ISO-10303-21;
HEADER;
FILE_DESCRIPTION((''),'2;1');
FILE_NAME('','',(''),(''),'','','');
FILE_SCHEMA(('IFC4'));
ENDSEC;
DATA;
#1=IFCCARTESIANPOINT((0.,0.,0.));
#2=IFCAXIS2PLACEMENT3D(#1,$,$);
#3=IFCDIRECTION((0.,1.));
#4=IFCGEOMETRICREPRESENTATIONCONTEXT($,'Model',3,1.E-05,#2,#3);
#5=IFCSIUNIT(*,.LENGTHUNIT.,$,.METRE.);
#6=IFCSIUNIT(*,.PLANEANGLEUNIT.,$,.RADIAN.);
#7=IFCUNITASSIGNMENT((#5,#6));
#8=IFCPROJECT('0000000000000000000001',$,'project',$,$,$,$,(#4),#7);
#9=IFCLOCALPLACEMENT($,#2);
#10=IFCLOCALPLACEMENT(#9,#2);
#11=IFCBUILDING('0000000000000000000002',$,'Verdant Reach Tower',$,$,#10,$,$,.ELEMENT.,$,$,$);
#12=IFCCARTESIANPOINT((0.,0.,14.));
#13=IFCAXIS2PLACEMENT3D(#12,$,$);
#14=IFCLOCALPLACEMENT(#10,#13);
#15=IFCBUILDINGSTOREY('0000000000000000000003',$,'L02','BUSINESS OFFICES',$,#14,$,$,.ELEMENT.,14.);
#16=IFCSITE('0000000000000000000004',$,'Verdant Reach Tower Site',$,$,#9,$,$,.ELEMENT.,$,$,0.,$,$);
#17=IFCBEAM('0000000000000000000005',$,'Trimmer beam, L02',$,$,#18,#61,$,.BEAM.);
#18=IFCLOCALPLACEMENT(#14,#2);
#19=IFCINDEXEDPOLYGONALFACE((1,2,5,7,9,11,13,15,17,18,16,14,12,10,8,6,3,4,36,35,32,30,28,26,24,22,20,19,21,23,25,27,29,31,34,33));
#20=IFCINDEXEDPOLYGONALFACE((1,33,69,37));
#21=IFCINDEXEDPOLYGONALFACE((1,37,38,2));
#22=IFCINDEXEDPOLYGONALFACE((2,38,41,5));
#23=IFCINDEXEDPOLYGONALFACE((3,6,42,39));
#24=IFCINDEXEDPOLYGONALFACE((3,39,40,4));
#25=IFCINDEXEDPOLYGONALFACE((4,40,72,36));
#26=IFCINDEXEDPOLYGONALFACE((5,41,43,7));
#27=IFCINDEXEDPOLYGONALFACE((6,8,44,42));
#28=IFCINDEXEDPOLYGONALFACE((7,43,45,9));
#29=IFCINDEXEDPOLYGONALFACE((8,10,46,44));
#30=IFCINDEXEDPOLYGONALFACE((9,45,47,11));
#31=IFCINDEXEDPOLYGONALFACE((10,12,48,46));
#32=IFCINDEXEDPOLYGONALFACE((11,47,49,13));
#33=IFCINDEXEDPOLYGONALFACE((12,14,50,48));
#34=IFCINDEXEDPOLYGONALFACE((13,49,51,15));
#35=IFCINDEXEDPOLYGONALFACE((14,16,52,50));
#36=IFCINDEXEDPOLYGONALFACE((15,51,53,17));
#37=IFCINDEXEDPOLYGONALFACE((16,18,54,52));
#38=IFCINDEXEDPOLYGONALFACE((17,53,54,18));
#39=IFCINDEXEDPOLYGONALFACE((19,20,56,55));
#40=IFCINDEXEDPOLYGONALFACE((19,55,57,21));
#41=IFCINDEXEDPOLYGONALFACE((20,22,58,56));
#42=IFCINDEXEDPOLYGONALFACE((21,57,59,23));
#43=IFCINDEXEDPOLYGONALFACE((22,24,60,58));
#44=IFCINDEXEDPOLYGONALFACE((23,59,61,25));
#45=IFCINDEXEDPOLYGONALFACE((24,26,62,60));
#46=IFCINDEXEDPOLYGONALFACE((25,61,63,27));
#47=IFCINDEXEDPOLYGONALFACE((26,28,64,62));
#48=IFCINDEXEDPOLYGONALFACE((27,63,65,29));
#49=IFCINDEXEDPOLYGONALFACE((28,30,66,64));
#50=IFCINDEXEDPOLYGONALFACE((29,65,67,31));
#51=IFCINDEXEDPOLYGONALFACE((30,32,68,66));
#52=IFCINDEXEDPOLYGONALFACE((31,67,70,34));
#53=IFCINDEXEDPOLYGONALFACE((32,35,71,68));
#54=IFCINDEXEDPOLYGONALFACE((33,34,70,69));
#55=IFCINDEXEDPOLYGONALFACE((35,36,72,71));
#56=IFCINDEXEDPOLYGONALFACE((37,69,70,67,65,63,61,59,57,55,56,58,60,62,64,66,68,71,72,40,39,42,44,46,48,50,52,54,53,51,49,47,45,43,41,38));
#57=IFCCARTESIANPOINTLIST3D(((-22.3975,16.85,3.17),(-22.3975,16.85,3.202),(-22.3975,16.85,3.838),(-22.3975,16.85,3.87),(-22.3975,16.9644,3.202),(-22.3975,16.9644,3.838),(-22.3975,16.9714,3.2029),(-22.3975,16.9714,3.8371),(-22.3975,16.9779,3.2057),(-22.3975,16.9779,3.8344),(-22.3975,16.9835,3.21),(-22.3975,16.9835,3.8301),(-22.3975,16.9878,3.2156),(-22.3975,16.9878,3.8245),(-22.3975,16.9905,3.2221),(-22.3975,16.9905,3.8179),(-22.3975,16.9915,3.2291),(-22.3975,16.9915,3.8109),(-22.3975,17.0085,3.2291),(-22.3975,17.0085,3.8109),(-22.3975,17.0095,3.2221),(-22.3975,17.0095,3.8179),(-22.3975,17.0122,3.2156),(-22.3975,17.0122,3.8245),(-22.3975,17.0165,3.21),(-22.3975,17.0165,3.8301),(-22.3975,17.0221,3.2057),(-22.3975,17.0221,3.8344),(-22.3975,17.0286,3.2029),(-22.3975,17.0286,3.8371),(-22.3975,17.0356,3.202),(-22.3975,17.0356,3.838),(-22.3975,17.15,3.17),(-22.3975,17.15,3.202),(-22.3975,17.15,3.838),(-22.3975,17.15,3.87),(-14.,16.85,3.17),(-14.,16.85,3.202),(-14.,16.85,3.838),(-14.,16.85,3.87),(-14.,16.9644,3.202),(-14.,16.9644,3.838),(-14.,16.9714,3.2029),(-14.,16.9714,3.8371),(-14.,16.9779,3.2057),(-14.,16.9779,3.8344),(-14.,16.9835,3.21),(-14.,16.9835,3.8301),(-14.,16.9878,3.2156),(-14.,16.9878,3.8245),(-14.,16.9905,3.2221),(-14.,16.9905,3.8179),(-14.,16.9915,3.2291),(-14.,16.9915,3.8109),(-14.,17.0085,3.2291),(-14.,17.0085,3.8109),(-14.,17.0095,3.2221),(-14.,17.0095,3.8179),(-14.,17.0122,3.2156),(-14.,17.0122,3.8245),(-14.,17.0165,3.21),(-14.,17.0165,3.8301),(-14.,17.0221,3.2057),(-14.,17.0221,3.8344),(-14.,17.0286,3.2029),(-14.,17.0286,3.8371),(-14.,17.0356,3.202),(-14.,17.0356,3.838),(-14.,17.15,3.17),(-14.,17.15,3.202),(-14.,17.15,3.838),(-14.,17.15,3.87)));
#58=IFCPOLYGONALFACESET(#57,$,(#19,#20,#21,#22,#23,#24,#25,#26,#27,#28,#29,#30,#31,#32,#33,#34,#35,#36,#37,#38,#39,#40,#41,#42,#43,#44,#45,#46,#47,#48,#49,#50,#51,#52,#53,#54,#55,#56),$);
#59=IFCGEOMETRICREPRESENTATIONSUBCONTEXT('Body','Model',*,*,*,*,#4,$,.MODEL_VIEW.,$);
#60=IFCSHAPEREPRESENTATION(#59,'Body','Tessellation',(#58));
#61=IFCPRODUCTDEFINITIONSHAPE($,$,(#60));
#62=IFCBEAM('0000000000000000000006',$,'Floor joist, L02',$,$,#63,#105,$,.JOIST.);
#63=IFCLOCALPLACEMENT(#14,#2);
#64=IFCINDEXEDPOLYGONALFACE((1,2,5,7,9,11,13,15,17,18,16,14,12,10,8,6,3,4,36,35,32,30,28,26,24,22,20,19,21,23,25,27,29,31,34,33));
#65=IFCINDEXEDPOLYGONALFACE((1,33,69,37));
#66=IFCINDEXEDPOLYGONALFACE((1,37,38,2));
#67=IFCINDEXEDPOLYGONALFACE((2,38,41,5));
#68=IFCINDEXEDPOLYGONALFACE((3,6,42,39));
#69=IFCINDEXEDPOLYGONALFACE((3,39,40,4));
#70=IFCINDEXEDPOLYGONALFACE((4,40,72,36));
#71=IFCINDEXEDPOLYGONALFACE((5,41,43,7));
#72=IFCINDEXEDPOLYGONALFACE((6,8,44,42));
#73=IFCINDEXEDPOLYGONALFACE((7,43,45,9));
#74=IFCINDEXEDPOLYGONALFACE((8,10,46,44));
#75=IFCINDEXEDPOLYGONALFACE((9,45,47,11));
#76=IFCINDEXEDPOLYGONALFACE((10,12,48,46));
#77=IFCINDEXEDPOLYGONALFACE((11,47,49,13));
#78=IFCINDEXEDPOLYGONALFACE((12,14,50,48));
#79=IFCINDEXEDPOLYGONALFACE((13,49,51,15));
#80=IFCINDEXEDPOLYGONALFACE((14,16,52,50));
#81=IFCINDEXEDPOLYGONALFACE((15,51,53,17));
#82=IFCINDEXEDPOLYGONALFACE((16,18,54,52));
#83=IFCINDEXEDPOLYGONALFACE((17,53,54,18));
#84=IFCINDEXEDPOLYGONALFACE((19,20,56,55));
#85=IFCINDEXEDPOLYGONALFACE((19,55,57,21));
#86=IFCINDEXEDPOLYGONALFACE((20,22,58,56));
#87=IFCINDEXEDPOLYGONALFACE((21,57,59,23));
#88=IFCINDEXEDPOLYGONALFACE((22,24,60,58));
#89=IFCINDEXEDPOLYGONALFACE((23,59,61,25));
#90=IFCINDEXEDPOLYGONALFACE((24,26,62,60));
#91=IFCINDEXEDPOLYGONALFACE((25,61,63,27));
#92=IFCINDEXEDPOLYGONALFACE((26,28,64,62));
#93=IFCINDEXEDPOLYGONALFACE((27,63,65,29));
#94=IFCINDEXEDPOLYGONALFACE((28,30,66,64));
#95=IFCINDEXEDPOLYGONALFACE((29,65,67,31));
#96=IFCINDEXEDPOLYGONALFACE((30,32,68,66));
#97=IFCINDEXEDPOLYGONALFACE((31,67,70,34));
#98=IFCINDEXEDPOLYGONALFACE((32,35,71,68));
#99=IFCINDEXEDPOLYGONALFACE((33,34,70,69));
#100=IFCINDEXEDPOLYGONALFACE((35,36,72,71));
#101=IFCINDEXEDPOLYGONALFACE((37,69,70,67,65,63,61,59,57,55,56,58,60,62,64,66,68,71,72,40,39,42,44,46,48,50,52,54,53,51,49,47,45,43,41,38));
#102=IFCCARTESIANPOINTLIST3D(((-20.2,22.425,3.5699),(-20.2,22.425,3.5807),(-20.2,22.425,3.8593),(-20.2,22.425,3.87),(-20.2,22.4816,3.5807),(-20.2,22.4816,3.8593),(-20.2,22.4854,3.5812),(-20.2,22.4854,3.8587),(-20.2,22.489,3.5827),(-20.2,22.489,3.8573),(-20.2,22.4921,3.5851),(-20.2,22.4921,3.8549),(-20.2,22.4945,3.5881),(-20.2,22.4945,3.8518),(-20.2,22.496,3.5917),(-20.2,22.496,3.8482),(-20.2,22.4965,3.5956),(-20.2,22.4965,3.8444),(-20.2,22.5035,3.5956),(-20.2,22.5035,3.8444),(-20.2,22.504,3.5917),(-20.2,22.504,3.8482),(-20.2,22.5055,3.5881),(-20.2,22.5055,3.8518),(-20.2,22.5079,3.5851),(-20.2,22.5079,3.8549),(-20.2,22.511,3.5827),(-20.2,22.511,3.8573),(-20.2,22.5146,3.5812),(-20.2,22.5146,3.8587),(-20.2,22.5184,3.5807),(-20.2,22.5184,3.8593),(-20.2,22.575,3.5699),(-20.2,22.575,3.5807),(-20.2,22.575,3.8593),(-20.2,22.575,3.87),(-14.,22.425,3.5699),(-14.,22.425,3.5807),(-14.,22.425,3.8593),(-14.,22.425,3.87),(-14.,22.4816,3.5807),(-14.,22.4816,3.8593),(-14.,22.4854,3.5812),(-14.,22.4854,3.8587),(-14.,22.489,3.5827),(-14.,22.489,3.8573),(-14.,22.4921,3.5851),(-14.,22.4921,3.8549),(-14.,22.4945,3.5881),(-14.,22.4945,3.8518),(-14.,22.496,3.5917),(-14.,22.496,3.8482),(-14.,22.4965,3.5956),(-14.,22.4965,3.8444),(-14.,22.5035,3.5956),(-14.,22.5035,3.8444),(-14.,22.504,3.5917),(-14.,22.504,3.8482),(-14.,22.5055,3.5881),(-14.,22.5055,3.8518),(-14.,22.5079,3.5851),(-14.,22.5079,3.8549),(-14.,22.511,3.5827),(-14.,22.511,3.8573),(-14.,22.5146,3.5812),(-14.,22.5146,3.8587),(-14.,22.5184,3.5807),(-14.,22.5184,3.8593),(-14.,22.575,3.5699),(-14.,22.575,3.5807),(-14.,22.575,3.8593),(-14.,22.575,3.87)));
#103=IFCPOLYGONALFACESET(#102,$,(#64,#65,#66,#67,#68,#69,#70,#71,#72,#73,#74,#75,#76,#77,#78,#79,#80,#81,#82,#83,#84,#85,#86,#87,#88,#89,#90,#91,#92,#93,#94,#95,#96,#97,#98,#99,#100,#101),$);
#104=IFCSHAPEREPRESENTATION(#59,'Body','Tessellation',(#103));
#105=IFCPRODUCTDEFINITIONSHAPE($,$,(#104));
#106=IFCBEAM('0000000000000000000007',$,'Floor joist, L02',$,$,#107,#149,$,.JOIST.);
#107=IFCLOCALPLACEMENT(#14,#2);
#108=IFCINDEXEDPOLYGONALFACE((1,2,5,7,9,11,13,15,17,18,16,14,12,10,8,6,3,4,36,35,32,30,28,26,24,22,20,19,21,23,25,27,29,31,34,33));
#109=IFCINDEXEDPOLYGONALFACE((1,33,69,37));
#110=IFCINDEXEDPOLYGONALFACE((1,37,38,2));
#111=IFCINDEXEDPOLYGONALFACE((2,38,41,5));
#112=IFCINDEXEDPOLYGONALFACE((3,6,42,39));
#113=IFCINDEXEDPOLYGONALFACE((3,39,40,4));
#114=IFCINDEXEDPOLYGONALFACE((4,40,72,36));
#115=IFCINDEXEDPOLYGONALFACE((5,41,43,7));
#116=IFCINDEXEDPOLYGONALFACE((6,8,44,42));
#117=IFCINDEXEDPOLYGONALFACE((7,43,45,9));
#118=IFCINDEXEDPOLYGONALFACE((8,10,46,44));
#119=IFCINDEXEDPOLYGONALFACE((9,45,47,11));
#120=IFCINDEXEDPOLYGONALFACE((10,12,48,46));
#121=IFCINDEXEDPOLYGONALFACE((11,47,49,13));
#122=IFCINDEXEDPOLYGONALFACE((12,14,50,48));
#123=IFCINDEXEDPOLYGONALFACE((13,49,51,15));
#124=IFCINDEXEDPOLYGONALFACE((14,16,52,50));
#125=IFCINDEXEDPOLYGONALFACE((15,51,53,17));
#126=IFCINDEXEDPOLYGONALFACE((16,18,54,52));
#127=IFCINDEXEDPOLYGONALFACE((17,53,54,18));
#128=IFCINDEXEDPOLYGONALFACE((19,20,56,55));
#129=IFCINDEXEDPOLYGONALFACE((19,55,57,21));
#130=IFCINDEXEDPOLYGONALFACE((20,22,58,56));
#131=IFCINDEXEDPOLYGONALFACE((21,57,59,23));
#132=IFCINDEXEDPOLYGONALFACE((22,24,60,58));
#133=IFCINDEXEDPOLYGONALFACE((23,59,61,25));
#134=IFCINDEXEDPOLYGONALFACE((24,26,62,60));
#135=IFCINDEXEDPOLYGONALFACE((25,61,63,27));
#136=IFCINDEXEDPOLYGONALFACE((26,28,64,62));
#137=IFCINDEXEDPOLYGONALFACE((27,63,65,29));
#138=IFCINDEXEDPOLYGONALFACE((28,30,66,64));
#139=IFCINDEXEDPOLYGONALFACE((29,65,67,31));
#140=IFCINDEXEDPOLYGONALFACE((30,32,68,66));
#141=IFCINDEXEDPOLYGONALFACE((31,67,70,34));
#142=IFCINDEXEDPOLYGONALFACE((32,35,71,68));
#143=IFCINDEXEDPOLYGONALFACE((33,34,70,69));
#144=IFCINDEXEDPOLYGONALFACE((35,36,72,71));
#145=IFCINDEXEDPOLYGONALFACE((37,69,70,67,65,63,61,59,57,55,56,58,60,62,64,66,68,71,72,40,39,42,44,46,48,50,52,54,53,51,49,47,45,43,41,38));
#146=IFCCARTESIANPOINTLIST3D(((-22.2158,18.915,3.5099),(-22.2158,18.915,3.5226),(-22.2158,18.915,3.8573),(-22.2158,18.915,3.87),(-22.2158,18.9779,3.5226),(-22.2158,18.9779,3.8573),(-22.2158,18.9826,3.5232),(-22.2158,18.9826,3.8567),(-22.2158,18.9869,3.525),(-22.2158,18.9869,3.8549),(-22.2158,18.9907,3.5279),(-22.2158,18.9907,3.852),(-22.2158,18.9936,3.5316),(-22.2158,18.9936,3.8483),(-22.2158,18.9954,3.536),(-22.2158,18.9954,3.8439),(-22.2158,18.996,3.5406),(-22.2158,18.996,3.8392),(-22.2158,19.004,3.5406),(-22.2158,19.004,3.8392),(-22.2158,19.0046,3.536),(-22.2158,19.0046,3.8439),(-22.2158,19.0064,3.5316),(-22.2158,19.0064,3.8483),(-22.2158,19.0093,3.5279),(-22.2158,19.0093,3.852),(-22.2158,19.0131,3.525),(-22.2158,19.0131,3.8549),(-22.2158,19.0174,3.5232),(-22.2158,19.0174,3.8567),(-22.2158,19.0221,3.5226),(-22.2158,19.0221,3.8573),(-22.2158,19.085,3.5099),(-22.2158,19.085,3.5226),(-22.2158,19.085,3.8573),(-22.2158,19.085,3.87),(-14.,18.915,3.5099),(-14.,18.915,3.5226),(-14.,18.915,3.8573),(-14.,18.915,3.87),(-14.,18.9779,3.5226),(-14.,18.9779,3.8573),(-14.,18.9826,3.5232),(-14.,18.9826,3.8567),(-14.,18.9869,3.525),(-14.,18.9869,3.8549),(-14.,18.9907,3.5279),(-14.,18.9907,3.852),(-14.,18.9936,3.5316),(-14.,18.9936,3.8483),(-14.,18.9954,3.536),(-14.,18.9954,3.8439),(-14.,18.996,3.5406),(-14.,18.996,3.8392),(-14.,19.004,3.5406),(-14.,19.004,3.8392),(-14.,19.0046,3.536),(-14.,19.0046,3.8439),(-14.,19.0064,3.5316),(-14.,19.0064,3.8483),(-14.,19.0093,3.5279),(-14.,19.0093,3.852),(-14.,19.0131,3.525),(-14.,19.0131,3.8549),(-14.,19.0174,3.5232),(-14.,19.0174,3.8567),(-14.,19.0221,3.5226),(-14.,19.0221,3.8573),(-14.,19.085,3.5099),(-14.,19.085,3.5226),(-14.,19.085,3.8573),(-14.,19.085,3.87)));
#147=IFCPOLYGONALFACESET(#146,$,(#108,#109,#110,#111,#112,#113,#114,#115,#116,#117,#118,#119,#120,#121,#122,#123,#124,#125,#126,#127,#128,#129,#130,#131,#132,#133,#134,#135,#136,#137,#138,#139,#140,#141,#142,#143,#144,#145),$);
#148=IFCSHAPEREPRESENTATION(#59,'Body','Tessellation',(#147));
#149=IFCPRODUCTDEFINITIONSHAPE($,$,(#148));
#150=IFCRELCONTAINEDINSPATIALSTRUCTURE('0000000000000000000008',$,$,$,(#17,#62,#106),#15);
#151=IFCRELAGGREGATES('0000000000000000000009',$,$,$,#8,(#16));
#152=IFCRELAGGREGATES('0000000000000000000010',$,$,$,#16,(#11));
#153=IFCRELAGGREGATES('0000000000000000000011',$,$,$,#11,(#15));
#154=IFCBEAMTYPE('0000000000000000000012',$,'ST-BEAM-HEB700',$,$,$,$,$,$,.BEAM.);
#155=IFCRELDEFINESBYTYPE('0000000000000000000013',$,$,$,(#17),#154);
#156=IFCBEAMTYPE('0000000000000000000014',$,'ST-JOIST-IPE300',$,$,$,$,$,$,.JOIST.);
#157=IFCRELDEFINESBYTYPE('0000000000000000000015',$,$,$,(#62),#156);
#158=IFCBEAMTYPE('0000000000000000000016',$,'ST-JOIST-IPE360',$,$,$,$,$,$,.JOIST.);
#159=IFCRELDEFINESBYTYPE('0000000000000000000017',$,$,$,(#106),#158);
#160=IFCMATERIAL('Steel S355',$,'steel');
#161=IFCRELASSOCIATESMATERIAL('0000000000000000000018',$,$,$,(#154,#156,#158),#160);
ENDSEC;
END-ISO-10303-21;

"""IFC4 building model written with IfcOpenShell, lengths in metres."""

from ifc_helpers import new_model, si_unit, direction, frame, origin, origin_2d, place, context, subcontext, project, spatial, i_section, extrude, material, material_profile, profile_set, type_object, element, save


model = new_model("IFC4")

# Units and contexts
model_context = context("Model", 3, precision=1e-05, world=origin(), true_north=direction((0.0, 1.0)))
body_context = subcontext(model_context, "Body", "Model", "MODEL_VIEW")
ifc_project = project(units=[si_unit("LENGTHUNIT", "METRE"), si_unit("PLANEANGLEUNIT", "RADIAN")], contexts=[model_context])

# Site, building, storey
site_placement = place(None, origin())
site = spatial("IfcSite", under=ifc_project, at=site_placement, Name="Verdant Reach Tower Site", CompositionType="ELEMENT", RefElevation=0.0)
building_placement = place(site_placement, origin())
building = spatial("IfcBuilding", under=site, at=building_placement, Name="Verdant Reach Tower", CompositionType="ELEMENT")
storey_placement = place(building_placement, frame((0.0, 0.0, 14.0)))
storey = spatial("IfcBuildingStorey", under=building, at=storey_placement, Name="L02", Description="BUSINESS OFFICES", CompositionType="ELEMENT", Elevation=14.0)

# Beams
ifc_material_1 = material(Name="Steel S355", Category="steel")
ifc_material_profile_1 = material_profile(ifc_material_1, i_section(OverallWidth=0.3, OverallDepth=0.7, WebThickness=0.0171, FlangeThickness=0.032, FilletRadius=0.0271, at=origin_2d()), Name="HEB 700")
ifc_profile_set_1 = profile_set([ifc_material_profile_1], Name="Steel S355")
beam_type_1 = type_object("IfcBeamType", Name="ST-BEAM-HEB700", PredefinedType="BEAM", material=ifc_profile_set_1)
beam_1_placement = place(storey_placement, frame((-14.0, 17.0, 3.52), z_axis=(-1.0, 0.0, 0.0), x_axis=(0.0, -1.0, 0.0)))
element("IfcBeam", 1, at=beam_1_placement, inside=storey, type_object=beam_type_1, Name="Trimmer beam, L02", PredefinedType="BEAM", context=body_context, shape_type="SweptSolid", body=[
    extrude(i_section(OverallWidth=0.3, OverallDepth=0.7, WebThickness=0.0171, FlangeThickness=0.032, FilletRadius=0.0271, at=origin_2d()), origin(), (0.0, 0.0, 1.0), 8.3975),
])
ifc_material_profile_2 = material_profile(ifc_material_1, i_section(OverallWidth=0.1499, OverallDepth=0.3, WebThickness=0.0071, FlangeThickness=0.0107, FilletRadius=0.0149, at=origin_2d()), Name="IPE 300")
ifc_profile_set_2 = profile_set([ifc_material_profile_2], Name="Steel S355")
beam_type_2 = type_object("IfcBeamType", Name="ST-JOIST-IPE300", PredefinedType="JOIST", material=ifc_profile_set_2)
beam_2_placement = place(storey_placement, frame((-14.0, 22.5, 3.72), z_axis=(-1.0, 0.0, 0.0), x_axis=(0.0, -1.0, 0.0)))
element("IfcBeam", 2, at=beam_2_placement, inside=storey, type_object=beam_type_2, Name="Floor joist, L02", PredefinedType="JOIST", context=body_context, shape_type="SweptSolid", body=[
    extrude(i_section(OverallWidth=0.1499, OverallDepth=0.3, WebThickness=0.0071, FlangeThickness=0.0107, FilletRadius=0.0149, at=origin_2d()), origin(), (0.0, 0.0, 1.0), 6.2),
])
ifc_material_profile_3 = material_profile(ifc_material_1, i_section(OverallWidth=0.1699, OverallDepth=0.3601, WebThickness=0.0081, FlangeThickness=0.0127, FilletRadius=0.0181, at=origin_2d()), Name="IPE 360")
ifc_profile_set_3 = profile_set([ifc_material_profile_3], Name="Steel S355")
beam_type_3 = type_object("IfcBeamType", Name="ST-JOIST-IPE360", PredefinedType="JOIST", material=ifc_profile_set_3)
beam_3_placement = place(storey_placement, frame((-14.0, 19.0, 3.6899), z_axis=(-1.0, 0.0, 0.0), x_axis=(0.0, -1.0, 0.0)))
element("IfcBeam", 3, at=beam_3_placement, inside=storey, type_object=beam_type_3, Name="Floor joist, L02", PredefinedType="JOIST", context=body_context, shape_type="SweptSolid", body=[
    extrude(i_section(OverallWidth=0.1699, OverallDepth=0.3601, WebThickness=0.0081, FlangeThickness=0.0127, FilletRadius=0.0181, at=origin_2d()), origin(), (0.0, 0.0, 1.0), 8.2158),
])

save(model, "model.ifc")
